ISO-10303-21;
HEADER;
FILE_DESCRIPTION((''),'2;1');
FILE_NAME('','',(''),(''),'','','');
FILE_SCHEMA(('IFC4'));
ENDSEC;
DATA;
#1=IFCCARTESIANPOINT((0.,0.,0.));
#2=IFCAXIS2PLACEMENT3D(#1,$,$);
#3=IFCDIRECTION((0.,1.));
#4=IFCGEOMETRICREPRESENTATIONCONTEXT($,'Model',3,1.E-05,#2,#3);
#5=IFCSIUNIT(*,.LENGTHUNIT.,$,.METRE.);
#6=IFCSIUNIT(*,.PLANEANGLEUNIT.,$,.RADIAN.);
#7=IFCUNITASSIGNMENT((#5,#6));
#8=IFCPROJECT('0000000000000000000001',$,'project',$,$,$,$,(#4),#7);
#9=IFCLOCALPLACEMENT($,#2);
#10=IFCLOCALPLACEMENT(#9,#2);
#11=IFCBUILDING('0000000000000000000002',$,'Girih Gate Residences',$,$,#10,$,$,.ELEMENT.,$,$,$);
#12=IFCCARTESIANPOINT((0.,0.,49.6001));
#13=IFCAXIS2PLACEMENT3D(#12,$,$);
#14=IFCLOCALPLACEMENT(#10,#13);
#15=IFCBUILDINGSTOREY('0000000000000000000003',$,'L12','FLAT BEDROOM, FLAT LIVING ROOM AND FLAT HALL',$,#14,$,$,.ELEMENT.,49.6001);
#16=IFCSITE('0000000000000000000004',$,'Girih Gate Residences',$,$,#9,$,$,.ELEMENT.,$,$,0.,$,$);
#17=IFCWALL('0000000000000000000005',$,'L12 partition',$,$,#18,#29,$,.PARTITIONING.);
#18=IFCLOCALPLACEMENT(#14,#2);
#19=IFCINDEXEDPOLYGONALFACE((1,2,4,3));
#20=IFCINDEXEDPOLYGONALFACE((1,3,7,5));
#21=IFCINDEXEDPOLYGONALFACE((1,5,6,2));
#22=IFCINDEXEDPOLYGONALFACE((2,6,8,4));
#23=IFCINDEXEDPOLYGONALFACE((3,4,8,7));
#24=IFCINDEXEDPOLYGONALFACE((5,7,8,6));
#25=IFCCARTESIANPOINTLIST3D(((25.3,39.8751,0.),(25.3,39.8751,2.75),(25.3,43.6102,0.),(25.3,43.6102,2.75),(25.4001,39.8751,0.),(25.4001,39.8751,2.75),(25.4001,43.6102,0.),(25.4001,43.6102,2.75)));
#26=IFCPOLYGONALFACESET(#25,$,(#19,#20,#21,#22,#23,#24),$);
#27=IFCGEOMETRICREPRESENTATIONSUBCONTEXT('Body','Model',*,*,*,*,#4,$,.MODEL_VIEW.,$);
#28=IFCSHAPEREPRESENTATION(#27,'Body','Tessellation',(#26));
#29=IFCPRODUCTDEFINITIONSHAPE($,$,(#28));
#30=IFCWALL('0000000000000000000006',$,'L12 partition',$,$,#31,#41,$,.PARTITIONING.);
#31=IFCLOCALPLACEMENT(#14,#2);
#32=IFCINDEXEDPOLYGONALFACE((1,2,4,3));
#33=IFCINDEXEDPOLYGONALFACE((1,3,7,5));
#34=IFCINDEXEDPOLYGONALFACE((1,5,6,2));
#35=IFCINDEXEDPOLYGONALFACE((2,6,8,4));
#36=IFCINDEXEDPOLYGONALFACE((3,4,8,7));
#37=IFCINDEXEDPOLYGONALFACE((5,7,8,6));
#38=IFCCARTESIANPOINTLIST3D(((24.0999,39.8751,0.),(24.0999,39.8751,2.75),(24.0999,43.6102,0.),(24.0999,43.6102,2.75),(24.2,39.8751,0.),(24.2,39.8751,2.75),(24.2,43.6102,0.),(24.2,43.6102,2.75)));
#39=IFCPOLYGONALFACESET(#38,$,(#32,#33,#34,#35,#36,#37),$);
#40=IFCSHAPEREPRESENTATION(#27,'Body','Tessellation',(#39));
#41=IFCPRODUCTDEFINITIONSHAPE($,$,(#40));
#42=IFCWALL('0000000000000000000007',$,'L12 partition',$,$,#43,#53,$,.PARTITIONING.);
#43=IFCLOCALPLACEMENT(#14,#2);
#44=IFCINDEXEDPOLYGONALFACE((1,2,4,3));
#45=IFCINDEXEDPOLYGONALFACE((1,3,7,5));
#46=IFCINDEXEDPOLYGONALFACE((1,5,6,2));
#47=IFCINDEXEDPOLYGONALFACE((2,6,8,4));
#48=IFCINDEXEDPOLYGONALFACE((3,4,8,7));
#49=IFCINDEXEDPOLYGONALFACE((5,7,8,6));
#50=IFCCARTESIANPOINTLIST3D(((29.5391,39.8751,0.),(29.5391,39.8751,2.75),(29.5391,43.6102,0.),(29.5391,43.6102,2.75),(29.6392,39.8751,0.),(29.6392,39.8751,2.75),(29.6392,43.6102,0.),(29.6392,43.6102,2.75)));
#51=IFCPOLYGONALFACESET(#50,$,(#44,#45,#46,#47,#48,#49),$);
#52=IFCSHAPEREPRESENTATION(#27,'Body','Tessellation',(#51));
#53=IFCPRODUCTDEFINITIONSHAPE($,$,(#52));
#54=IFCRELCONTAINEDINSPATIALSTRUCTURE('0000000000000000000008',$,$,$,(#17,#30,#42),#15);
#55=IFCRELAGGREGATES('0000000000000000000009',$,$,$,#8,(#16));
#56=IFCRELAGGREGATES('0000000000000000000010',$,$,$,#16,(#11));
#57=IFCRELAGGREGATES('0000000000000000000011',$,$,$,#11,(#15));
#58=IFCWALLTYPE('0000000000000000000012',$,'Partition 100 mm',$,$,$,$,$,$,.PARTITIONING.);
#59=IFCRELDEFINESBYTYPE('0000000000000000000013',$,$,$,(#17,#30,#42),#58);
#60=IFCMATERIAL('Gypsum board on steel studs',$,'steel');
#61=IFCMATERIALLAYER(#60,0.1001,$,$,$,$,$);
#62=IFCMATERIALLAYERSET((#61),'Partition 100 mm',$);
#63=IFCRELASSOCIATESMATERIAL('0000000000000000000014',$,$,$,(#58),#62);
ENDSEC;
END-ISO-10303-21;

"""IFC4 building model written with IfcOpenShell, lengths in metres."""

from ifc_helpers import new_model, si_unit, direction, frame, frame_2d, origin, place, context, subcontext, project, spatial, rectangle, extrude, material, layer, layer_set, type_object, element, save


model = new_model("IFC4")

# Units and contexts
model_context = context("Model", 3, precision=1e-05, world=origin(), true_north=direction((0.0, 1.0)))
body_context = subcontext(model_context, "Body", "Model", "MODEL_VIEW")
ifc_project = project(units=[si_unit("LENGTHUNIT", "METRE"), si_unit("PLANEANGLEUNIT", "RADIAN")], contexts=[model_context])

# Site, building, storey
site_placement = place(None, origin())
site = spatial("IfcSite", under=ifc_project, at=site_placement, Name="Girih Gate Residences", CompositionType="ELEMENT", RefElevation=0.0)
building_placement = place(site_placement, origin())
building = spatial("IfcBuilding", under=site, at=building_placement, Name="Girih Gate Residences", CompositionType="ELEMENT")
storey_placement = place(building_placement, frame((0.0, 0.0, 49.6001)))
storey = spatial("IfcBuildingStorey", under=building, at=storey_placement, Name="L12", Description="FLAT BEDROOM, FLAT LIVING ROOM AND FLAT HALL", CompositionType="ELEMENT", Elevation=49.6001)

# Shared definitions
ifc_material_1 = material(Name="Gypsum board on steel studs", Category="steel")

# Walls
ifc_layer_1 = layer(ifc_material_1, 0.1001)
ifc_layer_set_1 = layer_set([ifc_layer_1], Name="Partition 100 mm")
wall_type_1 = type_object("IfcWallType", Name="Partition 100 mm", PredefinedType="PARTITIONING", material=ifc_layer_set_1)
for number, where, z_axis, x_axis, name in (
    (1, (25.3501, 39.875, 0.0), (0.0, 0.0, 1.0), (0.0, 1.0, 0.0), "L12 partition"),
    (2, (24.1499, 39.875, 0.0), (0.0, 0.0, 1.0), (0.0, 1.0, 0.0), "L12 partition"),
    (3, (29.5891, 39.875, 0.0), (0.0, 0.0, 1.0), (0.0, 1.0, 0.0), "L12 partition"),
):
    element("IfcWall", number, at=place(storey_placement, frame(where, z_axis=z_axis, x_axis=x_axis)), inside=storey, type_object=wall_type_1, Name=name, PredefinedType="PARTITIONING", context=body_context, shape_type="SweptSolid", body=[
        extrude(rectangle(XDim=3.7351, YDim=0.1001, at=frame_2d((1.8677, 0.0))), origin(), (0.0, 0.0, 1.0), 2.75),
    ])

save(model, "model.ifc")
